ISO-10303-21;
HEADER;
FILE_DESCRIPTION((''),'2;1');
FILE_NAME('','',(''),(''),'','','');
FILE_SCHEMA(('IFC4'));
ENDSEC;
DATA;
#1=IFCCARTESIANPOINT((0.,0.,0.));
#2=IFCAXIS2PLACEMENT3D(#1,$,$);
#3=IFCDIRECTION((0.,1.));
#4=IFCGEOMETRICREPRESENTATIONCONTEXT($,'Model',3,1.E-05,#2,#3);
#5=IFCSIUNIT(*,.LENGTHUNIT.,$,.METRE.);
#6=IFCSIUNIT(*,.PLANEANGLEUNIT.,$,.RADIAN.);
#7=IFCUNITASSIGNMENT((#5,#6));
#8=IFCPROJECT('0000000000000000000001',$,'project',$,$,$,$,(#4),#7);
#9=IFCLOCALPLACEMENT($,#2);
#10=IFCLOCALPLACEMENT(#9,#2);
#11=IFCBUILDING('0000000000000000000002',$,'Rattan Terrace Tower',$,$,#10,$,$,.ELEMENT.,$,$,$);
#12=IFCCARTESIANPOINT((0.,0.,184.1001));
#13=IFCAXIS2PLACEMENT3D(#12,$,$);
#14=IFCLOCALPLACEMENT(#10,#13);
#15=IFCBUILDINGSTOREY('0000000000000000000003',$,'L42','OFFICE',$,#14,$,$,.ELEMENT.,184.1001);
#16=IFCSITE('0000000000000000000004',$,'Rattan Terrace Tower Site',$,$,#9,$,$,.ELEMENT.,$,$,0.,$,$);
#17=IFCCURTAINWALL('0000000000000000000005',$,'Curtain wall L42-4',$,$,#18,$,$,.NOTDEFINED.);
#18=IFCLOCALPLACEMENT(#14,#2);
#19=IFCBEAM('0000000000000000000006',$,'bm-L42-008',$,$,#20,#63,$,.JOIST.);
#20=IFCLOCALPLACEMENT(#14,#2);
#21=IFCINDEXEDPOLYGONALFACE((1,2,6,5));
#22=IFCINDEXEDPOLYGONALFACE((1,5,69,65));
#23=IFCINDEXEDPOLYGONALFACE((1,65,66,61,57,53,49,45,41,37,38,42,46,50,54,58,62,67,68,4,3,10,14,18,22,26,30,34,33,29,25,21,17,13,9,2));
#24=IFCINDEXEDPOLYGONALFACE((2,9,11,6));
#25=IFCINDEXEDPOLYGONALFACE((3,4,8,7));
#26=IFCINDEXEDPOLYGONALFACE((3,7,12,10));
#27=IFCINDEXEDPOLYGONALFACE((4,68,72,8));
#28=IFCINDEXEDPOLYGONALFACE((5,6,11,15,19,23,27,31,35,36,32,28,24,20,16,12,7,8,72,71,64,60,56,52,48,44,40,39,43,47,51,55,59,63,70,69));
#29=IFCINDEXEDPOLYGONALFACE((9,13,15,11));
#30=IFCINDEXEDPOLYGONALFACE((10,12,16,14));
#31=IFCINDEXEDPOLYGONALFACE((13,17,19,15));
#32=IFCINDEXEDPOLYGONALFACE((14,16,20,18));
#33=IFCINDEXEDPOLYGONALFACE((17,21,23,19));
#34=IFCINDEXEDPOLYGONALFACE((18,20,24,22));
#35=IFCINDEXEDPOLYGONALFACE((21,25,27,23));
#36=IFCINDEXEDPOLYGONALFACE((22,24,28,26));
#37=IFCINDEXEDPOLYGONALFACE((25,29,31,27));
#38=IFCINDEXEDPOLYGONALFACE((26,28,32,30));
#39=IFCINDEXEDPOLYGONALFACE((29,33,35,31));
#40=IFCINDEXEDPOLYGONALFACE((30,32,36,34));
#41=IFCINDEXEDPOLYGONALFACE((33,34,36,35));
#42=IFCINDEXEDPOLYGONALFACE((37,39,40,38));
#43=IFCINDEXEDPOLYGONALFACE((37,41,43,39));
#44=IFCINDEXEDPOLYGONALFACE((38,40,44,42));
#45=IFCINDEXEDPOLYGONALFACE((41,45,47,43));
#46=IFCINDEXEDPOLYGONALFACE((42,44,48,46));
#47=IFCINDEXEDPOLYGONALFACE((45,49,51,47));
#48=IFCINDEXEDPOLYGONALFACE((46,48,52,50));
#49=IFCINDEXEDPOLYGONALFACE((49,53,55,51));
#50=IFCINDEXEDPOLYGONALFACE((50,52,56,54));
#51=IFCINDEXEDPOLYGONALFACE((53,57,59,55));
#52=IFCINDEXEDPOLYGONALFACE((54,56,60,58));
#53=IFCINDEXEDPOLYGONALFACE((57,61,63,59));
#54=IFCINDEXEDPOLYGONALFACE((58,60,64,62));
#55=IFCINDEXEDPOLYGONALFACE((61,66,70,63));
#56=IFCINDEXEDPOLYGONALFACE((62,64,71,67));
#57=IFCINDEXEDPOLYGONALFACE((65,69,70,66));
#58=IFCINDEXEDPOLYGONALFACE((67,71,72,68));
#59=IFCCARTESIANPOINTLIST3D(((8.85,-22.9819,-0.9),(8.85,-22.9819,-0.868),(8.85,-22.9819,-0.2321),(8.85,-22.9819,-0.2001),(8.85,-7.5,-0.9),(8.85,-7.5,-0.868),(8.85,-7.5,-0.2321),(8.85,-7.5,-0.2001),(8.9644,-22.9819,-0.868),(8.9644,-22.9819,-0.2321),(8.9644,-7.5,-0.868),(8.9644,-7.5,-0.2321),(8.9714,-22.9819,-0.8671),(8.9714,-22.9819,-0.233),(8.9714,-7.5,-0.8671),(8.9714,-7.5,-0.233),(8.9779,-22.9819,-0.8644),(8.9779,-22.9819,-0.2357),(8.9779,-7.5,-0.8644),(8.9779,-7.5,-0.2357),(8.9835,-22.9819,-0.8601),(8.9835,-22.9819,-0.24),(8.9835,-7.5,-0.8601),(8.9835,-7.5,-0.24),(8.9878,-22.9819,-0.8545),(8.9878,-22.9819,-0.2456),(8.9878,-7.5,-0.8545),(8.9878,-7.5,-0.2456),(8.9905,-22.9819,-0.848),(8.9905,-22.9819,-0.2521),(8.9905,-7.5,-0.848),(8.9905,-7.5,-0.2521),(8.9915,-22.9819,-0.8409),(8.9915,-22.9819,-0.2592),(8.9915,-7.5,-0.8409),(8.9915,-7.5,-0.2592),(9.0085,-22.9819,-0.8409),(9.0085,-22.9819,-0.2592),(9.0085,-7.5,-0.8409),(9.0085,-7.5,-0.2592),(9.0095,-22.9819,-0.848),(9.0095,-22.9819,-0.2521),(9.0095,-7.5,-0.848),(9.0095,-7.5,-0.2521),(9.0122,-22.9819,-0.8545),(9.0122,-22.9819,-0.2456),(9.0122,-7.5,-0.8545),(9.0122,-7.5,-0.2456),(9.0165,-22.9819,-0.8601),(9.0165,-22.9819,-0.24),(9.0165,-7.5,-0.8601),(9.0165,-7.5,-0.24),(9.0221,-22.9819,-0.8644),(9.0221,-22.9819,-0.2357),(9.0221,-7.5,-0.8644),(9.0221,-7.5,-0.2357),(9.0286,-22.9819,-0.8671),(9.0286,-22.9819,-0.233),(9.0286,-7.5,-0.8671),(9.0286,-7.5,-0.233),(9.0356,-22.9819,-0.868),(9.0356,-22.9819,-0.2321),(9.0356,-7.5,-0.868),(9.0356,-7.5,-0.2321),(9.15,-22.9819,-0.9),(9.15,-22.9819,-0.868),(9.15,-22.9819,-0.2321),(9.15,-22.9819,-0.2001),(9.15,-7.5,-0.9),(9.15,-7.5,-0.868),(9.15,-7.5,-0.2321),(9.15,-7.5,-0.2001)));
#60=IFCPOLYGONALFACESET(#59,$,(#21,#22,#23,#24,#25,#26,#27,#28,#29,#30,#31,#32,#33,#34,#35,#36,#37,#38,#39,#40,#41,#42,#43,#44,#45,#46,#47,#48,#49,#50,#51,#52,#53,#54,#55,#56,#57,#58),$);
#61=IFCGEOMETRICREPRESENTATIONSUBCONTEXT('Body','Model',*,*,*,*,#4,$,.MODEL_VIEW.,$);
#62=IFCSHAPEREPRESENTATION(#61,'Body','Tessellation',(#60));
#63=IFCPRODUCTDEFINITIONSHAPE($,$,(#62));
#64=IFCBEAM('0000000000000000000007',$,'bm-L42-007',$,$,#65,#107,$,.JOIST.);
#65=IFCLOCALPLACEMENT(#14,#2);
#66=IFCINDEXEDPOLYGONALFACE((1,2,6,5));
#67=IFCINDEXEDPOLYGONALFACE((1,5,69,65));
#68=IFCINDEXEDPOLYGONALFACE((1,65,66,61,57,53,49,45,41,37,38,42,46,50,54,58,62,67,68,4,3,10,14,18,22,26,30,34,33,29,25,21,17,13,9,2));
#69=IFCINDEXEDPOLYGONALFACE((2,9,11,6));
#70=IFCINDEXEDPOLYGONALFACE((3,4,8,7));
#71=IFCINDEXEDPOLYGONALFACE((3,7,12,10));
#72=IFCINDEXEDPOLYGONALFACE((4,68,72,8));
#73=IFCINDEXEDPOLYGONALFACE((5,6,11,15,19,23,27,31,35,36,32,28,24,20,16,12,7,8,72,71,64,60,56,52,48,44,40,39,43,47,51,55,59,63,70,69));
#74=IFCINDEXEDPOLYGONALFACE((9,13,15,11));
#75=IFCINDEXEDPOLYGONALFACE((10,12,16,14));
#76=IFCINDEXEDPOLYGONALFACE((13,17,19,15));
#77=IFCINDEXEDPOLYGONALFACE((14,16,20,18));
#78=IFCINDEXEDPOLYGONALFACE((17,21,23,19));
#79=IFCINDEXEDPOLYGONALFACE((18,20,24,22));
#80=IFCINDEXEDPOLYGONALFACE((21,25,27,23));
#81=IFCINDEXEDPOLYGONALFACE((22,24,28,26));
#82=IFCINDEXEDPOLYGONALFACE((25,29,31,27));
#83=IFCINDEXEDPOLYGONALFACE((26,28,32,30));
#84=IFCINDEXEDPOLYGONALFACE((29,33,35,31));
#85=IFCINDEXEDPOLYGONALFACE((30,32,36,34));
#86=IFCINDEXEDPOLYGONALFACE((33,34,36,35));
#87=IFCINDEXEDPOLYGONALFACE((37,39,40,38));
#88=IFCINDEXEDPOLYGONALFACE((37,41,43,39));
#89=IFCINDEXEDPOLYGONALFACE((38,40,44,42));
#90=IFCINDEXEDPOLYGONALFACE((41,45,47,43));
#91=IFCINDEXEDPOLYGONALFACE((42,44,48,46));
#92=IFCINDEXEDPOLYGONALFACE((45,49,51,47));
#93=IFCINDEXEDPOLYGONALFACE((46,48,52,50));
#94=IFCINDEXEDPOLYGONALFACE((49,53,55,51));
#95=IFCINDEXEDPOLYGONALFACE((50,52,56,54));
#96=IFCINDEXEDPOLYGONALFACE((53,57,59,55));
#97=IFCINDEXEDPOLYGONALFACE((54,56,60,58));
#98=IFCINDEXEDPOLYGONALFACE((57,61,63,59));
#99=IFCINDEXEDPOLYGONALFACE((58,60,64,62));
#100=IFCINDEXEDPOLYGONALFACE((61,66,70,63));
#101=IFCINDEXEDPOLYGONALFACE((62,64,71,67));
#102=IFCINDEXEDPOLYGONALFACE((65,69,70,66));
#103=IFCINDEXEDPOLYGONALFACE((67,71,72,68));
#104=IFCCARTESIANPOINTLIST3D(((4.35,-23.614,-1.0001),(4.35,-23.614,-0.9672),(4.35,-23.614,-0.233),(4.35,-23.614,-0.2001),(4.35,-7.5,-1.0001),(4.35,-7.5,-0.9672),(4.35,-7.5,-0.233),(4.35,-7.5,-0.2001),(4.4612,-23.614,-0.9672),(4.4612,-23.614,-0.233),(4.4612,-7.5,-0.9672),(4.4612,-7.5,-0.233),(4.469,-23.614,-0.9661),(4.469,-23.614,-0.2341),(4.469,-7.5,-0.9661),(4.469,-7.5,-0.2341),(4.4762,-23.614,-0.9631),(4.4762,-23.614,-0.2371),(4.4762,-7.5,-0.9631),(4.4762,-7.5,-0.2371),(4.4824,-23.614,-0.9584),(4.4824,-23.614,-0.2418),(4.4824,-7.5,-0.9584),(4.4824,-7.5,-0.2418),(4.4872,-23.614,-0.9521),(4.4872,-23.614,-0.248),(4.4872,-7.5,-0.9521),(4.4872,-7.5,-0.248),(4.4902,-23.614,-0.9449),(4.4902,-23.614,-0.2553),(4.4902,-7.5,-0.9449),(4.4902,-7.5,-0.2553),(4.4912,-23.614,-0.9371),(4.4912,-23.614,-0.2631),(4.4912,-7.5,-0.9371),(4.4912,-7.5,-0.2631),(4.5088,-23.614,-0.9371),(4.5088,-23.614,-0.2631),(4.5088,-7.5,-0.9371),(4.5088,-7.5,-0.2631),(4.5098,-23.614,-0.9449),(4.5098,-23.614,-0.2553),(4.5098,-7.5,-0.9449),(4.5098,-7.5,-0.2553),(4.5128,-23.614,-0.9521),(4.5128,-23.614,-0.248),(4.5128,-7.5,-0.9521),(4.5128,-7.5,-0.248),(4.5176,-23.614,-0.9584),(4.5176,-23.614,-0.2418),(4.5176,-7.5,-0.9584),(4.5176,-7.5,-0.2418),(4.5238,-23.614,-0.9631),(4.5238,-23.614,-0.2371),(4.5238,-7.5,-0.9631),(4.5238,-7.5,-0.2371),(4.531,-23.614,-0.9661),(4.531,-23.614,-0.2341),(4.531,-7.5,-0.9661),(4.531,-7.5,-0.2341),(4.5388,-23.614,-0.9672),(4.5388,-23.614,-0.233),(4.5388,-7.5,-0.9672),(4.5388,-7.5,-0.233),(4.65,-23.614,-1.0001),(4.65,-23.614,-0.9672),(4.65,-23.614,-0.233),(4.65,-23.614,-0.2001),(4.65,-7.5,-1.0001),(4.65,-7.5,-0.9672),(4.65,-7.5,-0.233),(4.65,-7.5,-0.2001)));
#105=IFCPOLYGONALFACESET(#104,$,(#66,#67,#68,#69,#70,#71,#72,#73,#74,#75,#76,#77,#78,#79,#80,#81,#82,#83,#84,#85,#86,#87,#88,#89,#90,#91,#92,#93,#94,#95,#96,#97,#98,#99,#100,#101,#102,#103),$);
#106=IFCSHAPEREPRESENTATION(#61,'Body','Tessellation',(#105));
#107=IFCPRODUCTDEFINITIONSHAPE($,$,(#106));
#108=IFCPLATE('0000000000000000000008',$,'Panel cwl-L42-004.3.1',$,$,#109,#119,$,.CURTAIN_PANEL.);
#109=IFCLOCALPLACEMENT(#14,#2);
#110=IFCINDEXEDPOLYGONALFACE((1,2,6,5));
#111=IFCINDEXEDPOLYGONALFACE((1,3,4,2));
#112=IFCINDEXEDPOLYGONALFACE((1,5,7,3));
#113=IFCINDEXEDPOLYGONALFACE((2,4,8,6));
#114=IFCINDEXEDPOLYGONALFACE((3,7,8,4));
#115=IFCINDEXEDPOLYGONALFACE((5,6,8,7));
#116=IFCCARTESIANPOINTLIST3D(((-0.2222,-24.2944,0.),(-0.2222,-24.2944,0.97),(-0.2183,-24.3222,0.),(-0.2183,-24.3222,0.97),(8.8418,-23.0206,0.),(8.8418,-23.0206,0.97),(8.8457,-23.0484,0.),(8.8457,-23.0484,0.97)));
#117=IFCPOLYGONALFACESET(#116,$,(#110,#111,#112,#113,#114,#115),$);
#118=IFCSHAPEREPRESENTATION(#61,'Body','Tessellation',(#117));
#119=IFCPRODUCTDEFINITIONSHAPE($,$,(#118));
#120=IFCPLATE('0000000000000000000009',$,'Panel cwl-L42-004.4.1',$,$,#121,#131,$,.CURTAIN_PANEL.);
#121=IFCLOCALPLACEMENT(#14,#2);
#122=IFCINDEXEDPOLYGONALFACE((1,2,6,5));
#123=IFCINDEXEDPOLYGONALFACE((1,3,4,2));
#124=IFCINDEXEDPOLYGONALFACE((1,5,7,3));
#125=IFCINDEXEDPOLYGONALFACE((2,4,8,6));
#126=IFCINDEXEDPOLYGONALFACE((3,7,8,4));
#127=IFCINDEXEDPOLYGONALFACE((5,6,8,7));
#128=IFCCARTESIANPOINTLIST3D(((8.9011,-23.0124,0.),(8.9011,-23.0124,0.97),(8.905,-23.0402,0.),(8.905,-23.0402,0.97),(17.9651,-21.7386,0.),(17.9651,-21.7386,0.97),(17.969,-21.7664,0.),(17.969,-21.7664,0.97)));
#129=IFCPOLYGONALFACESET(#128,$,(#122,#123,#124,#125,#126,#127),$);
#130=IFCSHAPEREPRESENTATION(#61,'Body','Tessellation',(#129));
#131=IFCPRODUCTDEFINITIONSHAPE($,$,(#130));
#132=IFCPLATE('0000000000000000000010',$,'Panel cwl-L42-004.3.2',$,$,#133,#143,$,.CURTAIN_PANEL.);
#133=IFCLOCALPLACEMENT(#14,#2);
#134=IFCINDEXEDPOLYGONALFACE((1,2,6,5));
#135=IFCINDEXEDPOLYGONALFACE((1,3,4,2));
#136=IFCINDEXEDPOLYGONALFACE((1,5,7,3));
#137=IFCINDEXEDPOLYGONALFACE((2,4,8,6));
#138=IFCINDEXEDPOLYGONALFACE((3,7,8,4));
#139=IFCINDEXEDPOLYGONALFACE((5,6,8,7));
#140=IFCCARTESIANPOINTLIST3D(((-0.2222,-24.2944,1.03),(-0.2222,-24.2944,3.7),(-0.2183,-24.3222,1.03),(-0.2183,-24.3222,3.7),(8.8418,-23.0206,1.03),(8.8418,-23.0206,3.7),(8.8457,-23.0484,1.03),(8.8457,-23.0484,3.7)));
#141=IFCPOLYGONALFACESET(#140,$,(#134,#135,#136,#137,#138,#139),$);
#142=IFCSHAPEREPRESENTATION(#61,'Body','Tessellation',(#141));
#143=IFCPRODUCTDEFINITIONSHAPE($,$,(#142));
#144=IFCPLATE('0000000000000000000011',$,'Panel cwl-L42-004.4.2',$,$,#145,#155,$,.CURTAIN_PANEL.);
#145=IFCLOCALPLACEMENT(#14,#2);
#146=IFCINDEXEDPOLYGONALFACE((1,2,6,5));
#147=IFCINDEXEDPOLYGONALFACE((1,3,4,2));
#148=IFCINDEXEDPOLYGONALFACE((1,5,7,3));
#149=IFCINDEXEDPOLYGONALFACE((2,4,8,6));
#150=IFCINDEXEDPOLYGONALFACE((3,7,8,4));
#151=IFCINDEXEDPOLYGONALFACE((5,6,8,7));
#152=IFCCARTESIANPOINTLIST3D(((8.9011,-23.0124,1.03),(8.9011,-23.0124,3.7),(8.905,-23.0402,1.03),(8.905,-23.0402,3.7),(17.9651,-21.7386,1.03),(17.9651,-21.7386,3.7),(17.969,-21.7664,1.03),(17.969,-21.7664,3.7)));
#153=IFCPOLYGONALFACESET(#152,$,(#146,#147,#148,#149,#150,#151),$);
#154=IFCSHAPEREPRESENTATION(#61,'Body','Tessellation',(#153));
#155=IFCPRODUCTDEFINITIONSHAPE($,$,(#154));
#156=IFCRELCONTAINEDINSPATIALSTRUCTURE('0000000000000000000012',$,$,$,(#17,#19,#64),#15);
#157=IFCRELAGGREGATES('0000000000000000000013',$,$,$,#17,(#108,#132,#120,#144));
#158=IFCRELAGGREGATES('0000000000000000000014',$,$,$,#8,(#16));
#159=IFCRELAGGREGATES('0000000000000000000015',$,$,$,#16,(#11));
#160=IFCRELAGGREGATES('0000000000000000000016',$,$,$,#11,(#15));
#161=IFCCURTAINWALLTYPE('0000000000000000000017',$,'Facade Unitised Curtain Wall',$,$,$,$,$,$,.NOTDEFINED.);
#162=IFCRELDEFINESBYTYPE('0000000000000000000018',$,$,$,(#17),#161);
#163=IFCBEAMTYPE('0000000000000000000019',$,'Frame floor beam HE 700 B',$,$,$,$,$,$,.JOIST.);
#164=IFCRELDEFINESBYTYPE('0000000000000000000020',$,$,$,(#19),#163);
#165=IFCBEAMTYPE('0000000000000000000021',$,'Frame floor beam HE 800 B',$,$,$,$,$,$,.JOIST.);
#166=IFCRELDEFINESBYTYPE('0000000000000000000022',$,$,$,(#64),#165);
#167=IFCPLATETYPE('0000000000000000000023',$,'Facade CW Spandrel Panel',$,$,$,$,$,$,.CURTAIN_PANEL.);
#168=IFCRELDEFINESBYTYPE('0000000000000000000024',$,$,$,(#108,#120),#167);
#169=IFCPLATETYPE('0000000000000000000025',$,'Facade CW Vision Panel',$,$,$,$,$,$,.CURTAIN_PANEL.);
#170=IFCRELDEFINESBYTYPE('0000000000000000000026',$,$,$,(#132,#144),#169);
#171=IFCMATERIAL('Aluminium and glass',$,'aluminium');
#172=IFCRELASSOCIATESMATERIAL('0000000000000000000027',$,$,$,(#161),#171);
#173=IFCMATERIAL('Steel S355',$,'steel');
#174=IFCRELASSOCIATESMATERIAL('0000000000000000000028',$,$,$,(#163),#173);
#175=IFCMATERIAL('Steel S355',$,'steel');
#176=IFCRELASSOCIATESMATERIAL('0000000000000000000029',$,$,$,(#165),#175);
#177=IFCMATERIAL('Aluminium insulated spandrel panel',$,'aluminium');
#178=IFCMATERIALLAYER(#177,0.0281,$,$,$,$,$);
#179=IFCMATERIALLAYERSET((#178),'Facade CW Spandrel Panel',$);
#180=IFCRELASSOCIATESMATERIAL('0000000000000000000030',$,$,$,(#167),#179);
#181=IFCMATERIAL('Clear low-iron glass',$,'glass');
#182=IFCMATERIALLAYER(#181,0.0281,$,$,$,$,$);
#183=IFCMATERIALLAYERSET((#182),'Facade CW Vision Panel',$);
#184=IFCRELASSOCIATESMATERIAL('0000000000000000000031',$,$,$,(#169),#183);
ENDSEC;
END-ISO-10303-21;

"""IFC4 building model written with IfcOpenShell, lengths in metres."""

from ifc_helpers import new_model, si_unit, direction, frame, origin, origin_2d, place, context, subcontext, project, spatial, rectangle, i_section, extrude, material, layer, layer_set, material_profile, profile_set, type_object, element, aggregate, save


model = new_model("IFC4")

# Units and contexts
model_context = context("Model", 3, precision=1e-05, world=origin(), true_north=direction((0.0, 1.0)))
body_context = subcontext(model_context, "Body", "Model", "MODEL_VIEW")
ifc_project = project(units=[si_unit("LENGTHUNIT", "METRE"), si_unit("PLANEANGLEUNIT", "RADIAN")], contexts=[model_context])

# Site, building, storey
site_placement = place(None, origin())
site = spatial("IfcSite", under=ifc_project, at=site_placement, Name="Rattan Terrace Tower Site", CompositionType="ELEMENT", RefElevation=0.0)
building_placement = place(site_placement, origin())
building = spatial("IfcBuilding", under=site, at=building_placement, Name="Rattan Terrace Tower", CompositionType="ELEMENT")
storey_placement = place(building_placement, frame((0.0, 0.0, 184.1001)))
storey = spatial("IfcBuildingStorey", under=building, at=storey_placement, Name="L42", Description="OFFICE", CompositionType="ELEMENT", Elevation=184.1001)

# Curtain wall
ifc_material_1 = material(Name="Aluminium and glass", Category="aluminium")
curtain_wall_type = type_object("IfcCurtainWallType", Name="Facade Unitised Curtain Wall", PredefinedType="NOTDEFINED", material=ifc_material_1)
curtain_wall_placement = place(storey_placement, origin())
curtain_wall = element("IfcCurtainWall", 1, at=curtain_wall_placement, inside=storey, type_object=curtain_wall_type, Name="Curtain wall L42-4", PredefinedType="NOTDEFINED")

# Beams
ifc_material_2 = material(Name="Steel S355", Category="steel")
ifc_material_profile_1 = material_profile(ifc_material_2, i_section(OverallWidth=0.3, OverallDepth=0.7, WebThickness=0.0171, FlangeThickness=0.032, FilletRadius=0.0271, at=origin_2d()), Name="HE 700 B")
ifc_profile_set_1 = profile_set([ifc_material_profile_1], Name="Steel S355")
beam_type_1 = type_object("IfcBeamType", Name="Frame floor beam HE 700 B", PredefinedType="JOIST", material=ifc_profile_set_1)
beam_1_placement = place(storey_placement, frame((9.0, -22.9819, -0.55), z_axis=(0.0, 1.0, 0.0), x_axis=(-1.0, 0.0, 0.0)))
element("IfcBeam", 2, at=beam_1_placement, inside=storey, type_object=beam_type_1, Name="bm-L42-008", PredefinedType="JOIST", context=body_context, shape_type="SweptSolid", body=[
    extrude(i_section(OverallWidth=0.3, OverallDepth=0.7, WebThickness=0.0171, FlangeThickness=0.032, FilletRadius=0.0271, at=origin_2d()), origin(), (0.0, 0.0, 1.0), 15.4819),
])
ifc_material_3 = material(Name="Steel S355", Category="steel")
ifc_material_profile_2 = material_profile(ifc_material_3, i_section(OverallWidth=0.3, OverallDepth=0.8, WebThickness=0.0176, FlangeThickness=0.033, FilletRadius=0.03, at=origin_2d()), Name="HE 800 B")
ifc_profile_set_2 = profile_set([ifc_material_profile_2], Name="Steel S355")
beam_type_2 = type_object("IfcBeamType", Name="Frame floor beam HE 800 B", PredefinedType="JOIST", material=ifc_profile_set_2)
beam_2_placement = place(storey_placement, frame((4.5, -23.614, -0.6001), z_axis=(0.0, 1.0, 0.0), x_axis=(-1.0, 0.0, 0.0)))
element("IfcBeam", 3, at=beam_2_placement, inside=storey, type_object=beam_type_2, Name="bm-L42-007", PredefinedType="JOIST", context=body_context, shape_type="SweptSolid", body=[
    extrude(i_section(OverallWidth=0.3, OverallDepth=0.8, WebThickness=0.0176, FlangeThickness=0.033, FilletRadius=0.03, at=origin_2d()), origin(), (0.0, 0.0, 1.0), 16.114),
])

# Plates
ifc_material_4 = material(Name="Aluminium insulated spandrel panel", Category="aluminium")
ifc_layer_1 = layer(ifc_material_4, 0.0281)
ifc_layer_set_1 = layer_set([ifc_layer_1], Name="Facade CW Spandrel Panel")
plate_type_1 = type_object("IfcPlateType", Name="Facade CW Spandrel Panel", PredefinedType="CURTAIN_PANEL", material=ifc_layer_set_1)
plate_1_placement = place(storey_placement, frame((4.3118, -23.6714, 0.0), z_axis=(0.0, 0.0, 1.0), x_axis=(0.99027, 0.139161, 0.0)))
plate_1 = element("IfcPlate", 4, at=plate_1_placement, type_object=plate_type_1, Name="Panel cwl-L42-004.3.1", PredefinedType="CURTAIN_PANEL", context=body_context, shape_type="SweptSolid", body=[
    extrude(rectangle(XDim=9.1531, YDim=0.0281, at=origin_2d()), origin(), (0.0, 0.0, 1.0), 0.97),
])
plate_2_placement = place(storey_placement, frame((13.4351, -22.3894, 0.0), z_axis=(0.0, 0.0, 1.0), x_axis=(0.99027, 0.139161, 0.0)))
plate_2 = element("IfcPlate", 5, at=plate_2_placement, type_object=plate_type_1, Name="Panel cwl-L42-004.4.1", PredefinedType="CURTAIN_PANEL", context=body_context, shape_type="SweptSolid", body=[
    extrude(rectangle(XDim=9.1531, YDim=0.0281, at=origin_2d()), origin(), (0.0, 0.0, 1.0), 0.97),
])
ifc_material_5 = material(Name="Clear low-iron glass", Category="glass")
ifc_layer_2 = layer(ifc_material_5, 0.0281)
ifc_layer_set_2 = layer_set([ifc_layer_2], Name="Facade CW Vision Panel")
plate_type_2 = type_object("IfcPlateType", Name="Facade CW Vision Panel", PredefinedType="CURTAIN_PANEL", material=ifc_layer_set_2)
plate_3_placement = place(storey_placement, frame((4.3118, -23.6714, 1.03), z_axis=(0.0, 0.0, 1.0), x_axis=(0.99027, 0.139161, 0.0)))
plate_3 = element("IfcPlate", 6, at=plate_3_placement, type_object=plate_type_2, Name="Panel cwl-L42-004.3.2", PredefinedType="CURTAIN_PANEL", context=body_context, shape_type="SweptSolid", body=[
    extrude(rectangle(XDim=9.1531, YDim=0.0281, at=origin_2d()), origin(), (0.0, 0.0, 1.0), 2.6699),
])
plate_4_placement = place(storey_placement, frame((13.4351, -22.3894, 1.03), z_axis=(0.0, 0.0, 1.0), x_axis=(0.99027, 0.139161, 0.0)))
plate_4 = element("IfcPlate", 7, at=plate_4_placement, type_object=plate_type_2, Name="Panel cwl-L42-004.4.2", PredefinedType="CURTAIN_PANEL", context=body_context, shape_type="SweptSolid", body=[
    extrude(rectangle(XDim=9.1531, YDim=0.0281, at=origin_2d()), origin(), (0.0, 0.0, 1.0), 2.6699),
])
aggregate(curtain_wall, [plate_1, plate_3, plate_2, plate_4])

save(model, "model.ifc")
